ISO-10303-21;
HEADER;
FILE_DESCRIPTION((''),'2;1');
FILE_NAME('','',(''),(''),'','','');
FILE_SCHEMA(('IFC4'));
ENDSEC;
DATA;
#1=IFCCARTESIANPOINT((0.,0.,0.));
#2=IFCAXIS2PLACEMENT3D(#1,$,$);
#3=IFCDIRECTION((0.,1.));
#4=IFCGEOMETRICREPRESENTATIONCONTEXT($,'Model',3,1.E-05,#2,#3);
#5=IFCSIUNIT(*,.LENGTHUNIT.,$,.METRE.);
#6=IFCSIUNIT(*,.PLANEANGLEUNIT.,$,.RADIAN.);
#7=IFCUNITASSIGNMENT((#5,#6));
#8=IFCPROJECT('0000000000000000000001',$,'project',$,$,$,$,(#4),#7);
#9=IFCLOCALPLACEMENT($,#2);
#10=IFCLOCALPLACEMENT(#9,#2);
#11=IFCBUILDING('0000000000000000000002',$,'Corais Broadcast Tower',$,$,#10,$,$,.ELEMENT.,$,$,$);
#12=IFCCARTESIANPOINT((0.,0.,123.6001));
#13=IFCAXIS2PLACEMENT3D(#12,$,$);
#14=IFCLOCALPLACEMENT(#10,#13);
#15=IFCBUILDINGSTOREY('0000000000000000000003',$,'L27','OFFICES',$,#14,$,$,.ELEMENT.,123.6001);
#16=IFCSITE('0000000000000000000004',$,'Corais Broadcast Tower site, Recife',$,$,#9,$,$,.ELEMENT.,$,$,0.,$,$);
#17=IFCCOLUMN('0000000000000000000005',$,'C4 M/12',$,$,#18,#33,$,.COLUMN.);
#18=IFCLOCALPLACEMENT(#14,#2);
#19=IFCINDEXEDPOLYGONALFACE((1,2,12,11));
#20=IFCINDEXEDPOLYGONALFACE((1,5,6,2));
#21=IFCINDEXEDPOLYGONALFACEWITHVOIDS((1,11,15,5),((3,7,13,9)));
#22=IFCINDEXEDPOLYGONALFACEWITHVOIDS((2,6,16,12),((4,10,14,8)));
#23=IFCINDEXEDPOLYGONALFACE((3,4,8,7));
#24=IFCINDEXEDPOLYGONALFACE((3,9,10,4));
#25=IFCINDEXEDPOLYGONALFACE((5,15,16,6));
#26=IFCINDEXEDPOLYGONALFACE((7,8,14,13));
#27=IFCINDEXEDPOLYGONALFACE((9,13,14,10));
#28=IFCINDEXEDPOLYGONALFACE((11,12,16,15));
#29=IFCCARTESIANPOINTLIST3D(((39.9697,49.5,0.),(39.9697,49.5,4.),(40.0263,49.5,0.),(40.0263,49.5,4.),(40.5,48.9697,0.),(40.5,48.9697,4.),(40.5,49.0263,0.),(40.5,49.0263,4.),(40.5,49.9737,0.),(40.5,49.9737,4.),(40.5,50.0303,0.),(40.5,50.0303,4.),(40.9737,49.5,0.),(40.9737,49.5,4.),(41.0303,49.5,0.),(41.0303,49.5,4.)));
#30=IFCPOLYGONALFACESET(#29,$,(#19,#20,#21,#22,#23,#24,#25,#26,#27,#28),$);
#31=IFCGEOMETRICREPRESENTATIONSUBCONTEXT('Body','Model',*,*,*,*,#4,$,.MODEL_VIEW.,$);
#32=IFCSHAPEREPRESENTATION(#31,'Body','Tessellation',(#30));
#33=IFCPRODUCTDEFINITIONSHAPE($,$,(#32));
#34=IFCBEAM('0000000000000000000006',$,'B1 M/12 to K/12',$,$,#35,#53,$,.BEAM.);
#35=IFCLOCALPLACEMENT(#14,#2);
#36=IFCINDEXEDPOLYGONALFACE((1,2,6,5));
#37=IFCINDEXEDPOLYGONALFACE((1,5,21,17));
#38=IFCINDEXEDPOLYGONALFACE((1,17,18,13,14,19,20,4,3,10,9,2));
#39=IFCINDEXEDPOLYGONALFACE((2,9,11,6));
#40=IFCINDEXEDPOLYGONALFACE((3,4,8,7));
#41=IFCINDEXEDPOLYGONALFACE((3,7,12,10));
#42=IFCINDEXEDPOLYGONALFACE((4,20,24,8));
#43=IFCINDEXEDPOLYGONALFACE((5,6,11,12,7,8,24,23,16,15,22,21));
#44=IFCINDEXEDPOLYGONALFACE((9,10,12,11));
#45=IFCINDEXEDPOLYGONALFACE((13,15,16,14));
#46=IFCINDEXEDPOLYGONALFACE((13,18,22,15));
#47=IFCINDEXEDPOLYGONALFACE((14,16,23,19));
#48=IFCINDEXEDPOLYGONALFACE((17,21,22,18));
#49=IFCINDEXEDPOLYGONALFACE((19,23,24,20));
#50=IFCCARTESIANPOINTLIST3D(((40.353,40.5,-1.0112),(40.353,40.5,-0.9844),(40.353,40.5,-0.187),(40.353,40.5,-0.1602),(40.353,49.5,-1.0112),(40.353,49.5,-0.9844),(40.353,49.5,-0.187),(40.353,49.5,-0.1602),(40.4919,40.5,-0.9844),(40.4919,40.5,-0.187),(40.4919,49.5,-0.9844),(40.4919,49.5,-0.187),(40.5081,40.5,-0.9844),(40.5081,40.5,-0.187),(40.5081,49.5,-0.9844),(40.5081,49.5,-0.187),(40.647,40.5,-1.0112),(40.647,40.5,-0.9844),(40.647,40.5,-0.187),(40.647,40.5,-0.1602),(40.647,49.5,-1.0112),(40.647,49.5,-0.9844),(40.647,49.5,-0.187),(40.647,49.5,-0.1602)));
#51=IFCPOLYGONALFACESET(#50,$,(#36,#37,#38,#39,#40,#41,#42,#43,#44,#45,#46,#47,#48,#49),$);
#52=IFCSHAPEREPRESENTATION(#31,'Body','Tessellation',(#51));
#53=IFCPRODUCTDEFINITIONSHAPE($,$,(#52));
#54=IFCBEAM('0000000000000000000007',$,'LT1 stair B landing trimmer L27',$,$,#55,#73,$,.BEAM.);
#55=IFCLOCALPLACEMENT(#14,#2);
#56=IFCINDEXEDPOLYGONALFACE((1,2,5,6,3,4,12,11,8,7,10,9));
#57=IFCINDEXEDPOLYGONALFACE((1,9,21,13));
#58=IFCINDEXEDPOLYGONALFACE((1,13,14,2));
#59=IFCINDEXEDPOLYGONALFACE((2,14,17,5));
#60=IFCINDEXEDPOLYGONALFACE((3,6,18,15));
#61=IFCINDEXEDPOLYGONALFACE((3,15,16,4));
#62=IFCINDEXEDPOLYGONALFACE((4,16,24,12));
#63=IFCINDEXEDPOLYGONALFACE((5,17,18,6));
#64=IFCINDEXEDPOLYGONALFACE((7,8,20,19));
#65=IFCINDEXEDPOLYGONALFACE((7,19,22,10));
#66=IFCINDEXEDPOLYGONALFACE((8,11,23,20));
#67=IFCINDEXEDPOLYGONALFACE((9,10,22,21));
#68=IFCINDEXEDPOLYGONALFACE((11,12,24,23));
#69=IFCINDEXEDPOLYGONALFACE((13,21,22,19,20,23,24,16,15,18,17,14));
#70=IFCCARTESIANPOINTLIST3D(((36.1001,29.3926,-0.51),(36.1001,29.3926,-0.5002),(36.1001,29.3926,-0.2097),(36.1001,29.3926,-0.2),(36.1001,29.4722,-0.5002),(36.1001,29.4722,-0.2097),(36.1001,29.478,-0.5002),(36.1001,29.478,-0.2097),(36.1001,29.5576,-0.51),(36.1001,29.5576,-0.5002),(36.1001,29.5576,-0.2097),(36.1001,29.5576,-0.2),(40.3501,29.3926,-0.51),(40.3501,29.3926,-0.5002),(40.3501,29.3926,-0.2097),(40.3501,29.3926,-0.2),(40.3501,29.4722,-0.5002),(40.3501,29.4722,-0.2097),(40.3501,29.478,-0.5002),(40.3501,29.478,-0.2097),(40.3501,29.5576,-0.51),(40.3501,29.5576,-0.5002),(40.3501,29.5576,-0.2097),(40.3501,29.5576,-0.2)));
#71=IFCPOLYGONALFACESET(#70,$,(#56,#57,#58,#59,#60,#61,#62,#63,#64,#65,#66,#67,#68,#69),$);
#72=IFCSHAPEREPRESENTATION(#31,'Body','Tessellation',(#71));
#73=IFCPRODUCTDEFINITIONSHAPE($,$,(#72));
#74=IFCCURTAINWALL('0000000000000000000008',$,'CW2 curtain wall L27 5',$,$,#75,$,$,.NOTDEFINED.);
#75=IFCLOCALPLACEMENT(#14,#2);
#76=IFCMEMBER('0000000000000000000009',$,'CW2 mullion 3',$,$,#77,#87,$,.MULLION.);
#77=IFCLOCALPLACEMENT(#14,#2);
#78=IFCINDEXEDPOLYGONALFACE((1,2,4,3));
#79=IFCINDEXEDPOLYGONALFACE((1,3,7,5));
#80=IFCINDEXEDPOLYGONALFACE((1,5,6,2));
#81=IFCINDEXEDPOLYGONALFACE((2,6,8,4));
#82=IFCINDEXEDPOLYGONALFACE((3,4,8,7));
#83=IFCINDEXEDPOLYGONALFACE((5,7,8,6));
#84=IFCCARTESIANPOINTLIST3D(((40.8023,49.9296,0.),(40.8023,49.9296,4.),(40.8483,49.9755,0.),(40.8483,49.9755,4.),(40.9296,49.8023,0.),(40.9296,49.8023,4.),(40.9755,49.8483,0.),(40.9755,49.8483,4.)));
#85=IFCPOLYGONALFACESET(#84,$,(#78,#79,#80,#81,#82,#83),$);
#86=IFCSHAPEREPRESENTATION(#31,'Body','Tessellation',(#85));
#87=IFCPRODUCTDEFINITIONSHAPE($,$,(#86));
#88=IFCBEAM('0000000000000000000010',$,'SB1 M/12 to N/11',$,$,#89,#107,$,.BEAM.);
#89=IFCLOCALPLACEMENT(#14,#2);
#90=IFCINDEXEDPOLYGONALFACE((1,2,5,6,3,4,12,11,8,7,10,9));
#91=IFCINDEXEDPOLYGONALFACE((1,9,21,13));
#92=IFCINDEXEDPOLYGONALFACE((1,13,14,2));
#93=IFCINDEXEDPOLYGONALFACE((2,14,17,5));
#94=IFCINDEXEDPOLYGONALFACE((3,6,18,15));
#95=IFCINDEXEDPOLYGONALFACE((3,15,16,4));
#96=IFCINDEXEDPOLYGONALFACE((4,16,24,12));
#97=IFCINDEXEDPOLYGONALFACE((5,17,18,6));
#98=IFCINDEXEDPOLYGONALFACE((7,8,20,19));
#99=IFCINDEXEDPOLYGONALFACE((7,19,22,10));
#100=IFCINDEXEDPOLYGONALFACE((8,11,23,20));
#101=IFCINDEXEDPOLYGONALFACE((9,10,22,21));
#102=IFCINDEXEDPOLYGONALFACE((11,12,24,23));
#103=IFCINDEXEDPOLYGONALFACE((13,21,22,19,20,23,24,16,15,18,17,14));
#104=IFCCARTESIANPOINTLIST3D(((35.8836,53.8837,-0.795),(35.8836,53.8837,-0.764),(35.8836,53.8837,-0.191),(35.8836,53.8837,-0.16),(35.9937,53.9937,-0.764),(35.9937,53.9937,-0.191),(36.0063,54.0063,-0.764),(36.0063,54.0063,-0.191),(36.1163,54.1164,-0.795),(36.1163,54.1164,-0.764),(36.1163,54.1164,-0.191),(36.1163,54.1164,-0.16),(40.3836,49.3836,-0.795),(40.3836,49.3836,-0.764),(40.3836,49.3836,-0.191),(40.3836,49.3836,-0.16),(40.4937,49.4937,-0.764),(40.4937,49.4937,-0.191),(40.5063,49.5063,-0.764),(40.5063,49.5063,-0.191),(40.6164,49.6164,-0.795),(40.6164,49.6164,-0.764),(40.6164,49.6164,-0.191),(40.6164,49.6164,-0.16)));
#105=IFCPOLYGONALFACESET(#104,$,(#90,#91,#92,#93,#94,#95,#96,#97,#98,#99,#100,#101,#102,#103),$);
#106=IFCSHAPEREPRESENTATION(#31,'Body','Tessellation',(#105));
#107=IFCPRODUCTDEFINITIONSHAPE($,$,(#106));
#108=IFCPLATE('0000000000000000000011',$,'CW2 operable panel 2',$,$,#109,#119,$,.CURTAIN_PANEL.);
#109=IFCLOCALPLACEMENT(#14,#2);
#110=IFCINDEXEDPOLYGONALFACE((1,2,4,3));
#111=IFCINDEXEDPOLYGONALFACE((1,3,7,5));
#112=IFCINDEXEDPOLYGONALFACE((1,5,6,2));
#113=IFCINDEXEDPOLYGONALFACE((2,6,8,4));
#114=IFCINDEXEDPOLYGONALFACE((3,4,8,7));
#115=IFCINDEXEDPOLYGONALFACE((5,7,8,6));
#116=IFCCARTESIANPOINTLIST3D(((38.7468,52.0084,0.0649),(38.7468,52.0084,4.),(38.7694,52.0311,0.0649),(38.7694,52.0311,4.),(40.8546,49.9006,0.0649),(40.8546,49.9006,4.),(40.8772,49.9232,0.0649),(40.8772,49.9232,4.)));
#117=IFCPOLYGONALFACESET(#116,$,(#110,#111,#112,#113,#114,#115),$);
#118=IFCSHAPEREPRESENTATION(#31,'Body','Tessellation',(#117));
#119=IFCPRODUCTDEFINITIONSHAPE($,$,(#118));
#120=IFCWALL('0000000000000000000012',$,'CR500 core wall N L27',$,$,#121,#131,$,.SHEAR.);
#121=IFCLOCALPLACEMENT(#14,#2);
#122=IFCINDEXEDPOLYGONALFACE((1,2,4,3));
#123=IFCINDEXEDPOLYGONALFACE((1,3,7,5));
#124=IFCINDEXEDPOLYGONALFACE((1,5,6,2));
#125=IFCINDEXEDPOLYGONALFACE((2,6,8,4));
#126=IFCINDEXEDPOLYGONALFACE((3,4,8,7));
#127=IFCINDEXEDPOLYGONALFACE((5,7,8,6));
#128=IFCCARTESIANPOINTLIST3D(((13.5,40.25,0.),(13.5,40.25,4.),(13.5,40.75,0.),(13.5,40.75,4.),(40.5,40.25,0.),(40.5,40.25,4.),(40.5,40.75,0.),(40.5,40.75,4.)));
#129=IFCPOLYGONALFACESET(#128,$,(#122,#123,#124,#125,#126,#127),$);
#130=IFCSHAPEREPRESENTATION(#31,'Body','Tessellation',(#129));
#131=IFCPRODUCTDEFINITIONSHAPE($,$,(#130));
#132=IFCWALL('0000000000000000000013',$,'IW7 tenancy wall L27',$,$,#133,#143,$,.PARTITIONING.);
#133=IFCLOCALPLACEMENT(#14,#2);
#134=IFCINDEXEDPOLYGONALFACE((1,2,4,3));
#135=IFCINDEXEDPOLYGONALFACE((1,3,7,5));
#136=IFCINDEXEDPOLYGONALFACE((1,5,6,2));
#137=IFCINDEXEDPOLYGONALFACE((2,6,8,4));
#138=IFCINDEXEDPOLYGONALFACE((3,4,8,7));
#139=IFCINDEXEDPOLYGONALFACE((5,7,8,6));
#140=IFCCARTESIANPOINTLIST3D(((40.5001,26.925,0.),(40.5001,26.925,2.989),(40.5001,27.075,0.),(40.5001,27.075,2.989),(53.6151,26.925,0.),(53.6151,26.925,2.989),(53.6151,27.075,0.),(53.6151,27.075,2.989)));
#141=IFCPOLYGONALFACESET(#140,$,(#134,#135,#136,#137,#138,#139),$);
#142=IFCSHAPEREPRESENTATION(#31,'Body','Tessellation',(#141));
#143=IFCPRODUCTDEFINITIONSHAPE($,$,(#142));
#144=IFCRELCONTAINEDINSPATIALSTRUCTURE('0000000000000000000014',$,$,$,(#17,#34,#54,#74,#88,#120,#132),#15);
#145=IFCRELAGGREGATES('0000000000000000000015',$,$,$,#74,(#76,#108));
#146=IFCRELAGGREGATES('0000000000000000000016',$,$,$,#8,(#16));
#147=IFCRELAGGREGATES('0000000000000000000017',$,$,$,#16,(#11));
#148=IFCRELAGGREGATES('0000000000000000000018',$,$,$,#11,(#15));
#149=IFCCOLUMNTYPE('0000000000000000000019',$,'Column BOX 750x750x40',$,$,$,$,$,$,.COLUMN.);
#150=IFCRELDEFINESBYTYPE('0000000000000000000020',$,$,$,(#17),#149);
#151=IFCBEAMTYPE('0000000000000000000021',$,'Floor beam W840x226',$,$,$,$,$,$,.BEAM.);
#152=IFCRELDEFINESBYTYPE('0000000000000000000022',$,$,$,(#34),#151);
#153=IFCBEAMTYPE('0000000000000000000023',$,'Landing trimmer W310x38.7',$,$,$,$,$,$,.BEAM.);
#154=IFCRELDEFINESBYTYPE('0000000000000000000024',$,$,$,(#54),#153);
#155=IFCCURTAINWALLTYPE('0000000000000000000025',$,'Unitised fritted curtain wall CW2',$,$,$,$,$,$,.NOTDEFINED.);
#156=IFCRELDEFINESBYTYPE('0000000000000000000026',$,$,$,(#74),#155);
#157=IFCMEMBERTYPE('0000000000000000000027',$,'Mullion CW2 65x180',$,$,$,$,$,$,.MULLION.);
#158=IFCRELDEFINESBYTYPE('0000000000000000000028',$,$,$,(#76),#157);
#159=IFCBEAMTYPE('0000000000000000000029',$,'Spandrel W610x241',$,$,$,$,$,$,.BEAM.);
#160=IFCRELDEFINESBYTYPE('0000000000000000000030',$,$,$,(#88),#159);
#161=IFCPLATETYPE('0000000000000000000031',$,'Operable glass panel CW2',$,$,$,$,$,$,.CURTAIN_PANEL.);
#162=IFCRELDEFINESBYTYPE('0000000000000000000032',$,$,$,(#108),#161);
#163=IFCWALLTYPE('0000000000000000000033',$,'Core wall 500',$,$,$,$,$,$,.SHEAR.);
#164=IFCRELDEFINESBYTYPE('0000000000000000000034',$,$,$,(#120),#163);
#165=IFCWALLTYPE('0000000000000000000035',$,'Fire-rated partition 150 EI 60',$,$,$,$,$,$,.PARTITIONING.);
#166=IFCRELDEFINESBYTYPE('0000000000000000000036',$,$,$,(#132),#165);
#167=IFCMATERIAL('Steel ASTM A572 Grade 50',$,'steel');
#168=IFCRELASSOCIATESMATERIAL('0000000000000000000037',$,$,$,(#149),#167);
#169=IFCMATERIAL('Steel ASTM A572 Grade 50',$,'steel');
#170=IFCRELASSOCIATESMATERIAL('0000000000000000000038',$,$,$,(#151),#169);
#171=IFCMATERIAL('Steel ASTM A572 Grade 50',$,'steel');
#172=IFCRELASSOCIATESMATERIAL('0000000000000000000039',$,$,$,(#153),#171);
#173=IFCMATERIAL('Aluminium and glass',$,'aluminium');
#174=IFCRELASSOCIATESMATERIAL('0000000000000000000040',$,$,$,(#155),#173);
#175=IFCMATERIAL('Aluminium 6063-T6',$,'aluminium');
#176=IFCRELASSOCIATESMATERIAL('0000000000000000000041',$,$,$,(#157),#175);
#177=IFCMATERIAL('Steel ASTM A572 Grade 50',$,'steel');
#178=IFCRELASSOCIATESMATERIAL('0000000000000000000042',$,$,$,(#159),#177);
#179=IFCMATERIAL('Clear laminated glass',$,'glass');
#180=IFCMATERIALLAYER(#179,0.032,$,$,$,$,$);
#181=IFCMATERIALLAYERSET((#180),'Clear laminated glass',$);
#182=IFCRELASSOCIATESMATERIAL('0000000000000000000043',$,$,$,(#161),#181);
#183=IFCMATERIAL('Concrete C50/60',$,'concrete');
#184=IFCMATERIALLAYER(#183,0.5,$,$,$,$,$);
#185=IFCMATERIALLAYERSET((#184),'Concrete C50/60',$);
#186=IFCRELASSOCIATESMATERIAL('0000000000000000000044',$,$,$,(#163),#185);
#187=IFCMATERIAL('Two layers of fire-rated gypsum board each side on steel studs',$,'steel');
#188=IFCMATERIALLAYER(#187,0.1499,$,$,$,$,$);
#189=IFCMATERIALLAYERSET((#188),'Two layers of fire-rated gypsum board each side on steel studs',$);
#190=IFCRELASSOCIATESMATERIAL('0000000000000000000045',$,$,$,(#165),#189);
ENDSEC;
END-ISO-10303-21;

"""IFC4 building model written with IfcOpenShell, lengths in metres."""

from ifc_helpers import new_model, si_unit, direction, frame, frame_2d, origin, origin_2d, place, context, subcontext, project, spatial, rectangle, hollow_rectangle, i_section, extrude, material, layer, layer_set, material_profile, profile_set, type_object, element, aggregate, save


model = new_model("IFC4")

# Units and contexts
model_context = context("Model", 3, precision=1e-05, world=origin(), true_north=direction((0.0, 1.0)))
body_context = subcontext(model_context, "Body", "Model", "MODEL_VIEW")
ifc_project = project(units=[si_unit("LENGTHUNIT", "METRE"), si_unit("PLANEANGLEUNIT", "RADIAN")], contexts=[model_context])

# Site, building, storey
site_placement = place(None, origin())
site = spatial("IfcSite", under=ifc_project, at=site_placement, Name="Corais Broadcast Tower site, Recife", CompositionType="ELEMENT", RefElevation=0.0)
building_placement = place(site_placement, origin())
building = spatial("IfcBuilding", under=site, at=building_placement, Name="Corais Broadcast Tower", CompositionType="ELEMENT")
storey_placement = place(building_placement, frame((0.0, 0.0, 123.6001)))
storey = spatial("IfcBuildingStorey", under=building, at=storey_placement, Name="L27", Description="OFFICES", CompositionType="ELEMENT", Elevation=123.6001)

# Column
ifc_material_1 = material(Name="Steel ASTM A572 Grade 50", Category="steel")
ifc_material_profile_1 = material_profile(ifc_material_1, hollow_rectangle(XDim=0.75, YDim=0.75, WallThickness=0.04, at=origin_2d()), Name="BOX 750x750x40")
ifc_profile_set_1 = profile_set([ifc_material_profile_1], Name="Steel ASTM A572 Grade 50")
column_type = type_object("IfcColumnType", Name="Column BOX 750x750x40", PredefinedType="COLUMN", material=ifc_profile_set_1)
column_placement = place(storey_placement, frame((40.5, 49.5, 0.0), z_axis=(0.0, 0.0, 1.0), x_axis=(0.707107, 0.707107, 0.0)))
element("IfcColumn", 1, at=column_placement, inside=storey, type_object=column_type, Name="C4 M/12", PredefinedType="COLUMN", context=body_context, shape_type="SweptSolid", body=[
    extrude(hollow_rectangle(XDim=0.75, YDim=0.75, WallThickness=0.04, at=origin_2d()), origin(), (0.0, 0.0, 1.0), 4.0),
])

# Beams
ifc_material_2 = material(Name="Steel ASTM A572 Grade 50", Category="steel")
ifc_material_profile_2 = material_profile(ifc_material_2, i_section(OverallWidth=0.2939, OverallDepth=0.8511, WebThickness=0.0161, FlangeThickness=0.0269, at=origin_2d()), Name="W840x226")
ifc_profile_set_2 = profile_set([ifc_material_profile_2], Name="Steel ASTM A572 Grade 50")
beam_type_1 = type_object("IfcBeamType", Name="Floor beam W840x226", PredefinedType="BEAM", material=ifc_profile_set_2)
beam_1_placement = place(storey_placement, frame((40.5, 49.5, -0.5857), z_axis=(0.0, -1.0, 0.0), x_axis=(1.0, 0.0, 0.0)))
element("IfcBeam", 2, at=beam_1_placement, inside=storey, type_object=beam_type_1, Name="B1 M/12 to K/12", PredefinedType="BEAM", context=body_context, shape_type="SweptSolid", body=[
    extrude(i_section(OverallWidth=0.2939, OverallDepth=0.8511, WebThickness=0.0161, FlangeThickness=0.0269, at=origin_2d()), origin(), (0.0, 0.0, 1.0), 9.0),
])
ifc_material_3 = material(Name="Steel ASTM A572 Grade 50", Category="steel")
ifc_material_profile_3 = material_profile(ifc_material_3, i_section(OverallWidth=0.165, OverallDepth=0.3101, WebThickness=0.0059, FlangeThickness=0.0098, at=origin_2d()), Name="W310x38.7")
ifc_profile_set_3 = profile_set([ifc_material_profile_3], Name="Steel ASTM A572 Grade 50")
beam_type_2 = type_object("IfcBeamType", Name="Landing trimmer W310x38.7", PredefinedType="BEAM", material=ifc_profile_set_3)
beam_2_placement = place(storey_placement, frame((36.1001, 29.4751, -0.355), z_axis=(1.0, 0.0, 0.0), x_axis=(0.0, 1.0, 0.0)))
element("IfcBeam", 3, at=beam_2_placement, inside=storey, type_object=beam_type_2, Name="LT1 stair B landing trimmer L27", PredefinedType="BEAM", context=body_context, shape_type="SweptSolid", body=[
    extrude(i_section(OverallWidth=0.165, OverallDepth=0.3101, WebThickness=0.0059, FlangeThickness=0.0098, at=origin_2d()), origin(), (0.0, 0.0, 1.0), 4.25),
])

# Curtain wall, member
ifc_material_4 = material(Name="Aluminium and glass", Category="aluminium")
curtain_wall_type = type_object("IfcCurtainWallType", Name="Unitised fritted curtain wall CW2", PredefinedType="NOTDEFINED", material=ifc_material_4)
curtain_wall_placement = place(storey_placement, origin())
curtain_wall = element("IfcCurtainWall", 4, at=curtain_wall_placement, inside=storey, type_object=curtain_wall_type, Name="CW2 curtain wall L27 5", PredefinedType="NOTDEFINED")
ifc_material_5 = material(Name="Aluminium 6063-T6", Category="aluminium")
ifc_material_profile_4 = material_profile(ifc_material_5, rectangle(XDim=0.0649, YDim=0.1799, at=origin_2d()), Name="Mullion CW2 65x180")
ifc_profile_set_4 = profile_set([ifc_material_profile_4], Name="Aluminium 6063-T6")
member_type = type_object("IfcMemberType", Name="Mullion CW2 65x180", PredefinedType="MULLION", material=ifc_profile_set_4)
member_placement = place(storey_placement, frame((40.8889, 49.8889, 0.0), z_axis=(0.0, 0.0, 1.0), x_axis=(0.707107, 0.707107, 0.0)))
member = element("IfcMember", 5, at=member_placement, type_object=member_type, Name="CW2 mullion 3", PredefinedType="MULLION", context=body_context, shape_type="SweptSolid", body=[
    extrude(rectangle(XDim=0.0649, YDim=0.1799, at=origin_2d()), origin(), (0.0, 0.0, 1.0), 4.0),
])

# Beam
ifc_material_6 = material(Name="Steel ASTM A572 Grade 50", Category="steel")
ifc_material_profile_5 = material_profile(ifc_material_6, i_section(OverallWidth=0.3291, OverallDepth=0.635, WebThickness=0.0178, FlangeThickness=0.031, at=origin_2d()), Name="W610x241")
ifc_profile_set_5 = profile_set([ifc_material_profile_5], Name="Steel ASTM A572 Grade 50")
beam_type_3 = type_object("IfcBeamType", Name="Spandrel W610x241", PredefinedType="BEAM", material=ifc_profile_set_5)
beam_3_placement = place(storey_placement, frame((40.5, 49.5, -0.4775), z_axis=(-0.707107, 0.707107, 0.0), x_axis=(-0.707107, -0.707107, 0.0)))
element("IfcBeam", 6, at=beam_3_placement, inside=storey, type_object=beam_type_3, Name="SB1 M/12 to N/11", PredefinedType="BEAM", context=body_context, shape_type="SweptSolid", body=[
    extrude(i_section(OverallWidth=0.3291, OverallDepth=0.635, WebThickness=0.0178, FlangeThickness=0.031, at=origin_2d()), origin(), (0.0, 0.0, 1.0), 6.364),
])

# Plate
ifc_material_7 = material(Name="Clear laminated glass", Category="glass")
ifc_layer_1 = layer(ifc_material_7, 0.032)
ifc_layer_set_1 = layer_set([ifc_layer_1], Name="Clear laminated glass")
plate_type = type_object("IfcPlateType", Name="Operable glass panel CW2", PredefinedType="CURTAIN_PANEL", material=ifc_layer_set_1)
plate_placement = place(storey_placement, frame((39.812, 50.9658, 0.0649), z_axis=(0.0, 0.0, 1.0), x_axis=(0.707107, -0.707107, 0.0)))
plate = element("IfcPlate", 7, at=plate_placement, type_object=plate_type, Name="CW2 operable panel 2", PredefinedType="CURTAIN_PANEL", context=body_context, shape_type="SweptSolid", body=[
    extrude(rectangle(XDim=2.981, YDim=0.032, at=origin_2d()), origin(), (0.0, 0.0, 1.0), 3.9351),
])
aggregate(curtain_wall, [member, plate])

# Walls
ifc_material_8 = material(Name="Concrete C50/60", Category="concrete")
ifc_layer_2 = layer(ifc_material_8, 0.5)
ifc_layer_set_2 = layer_set([ifc_layer_2], Name="Concrete C50/60")
wall_type_1 = type_object("IfcWallType", Name="Core wall 500", PredefinedType="SHEAR", material=ifc_layer_set_2)
wall_1_placement = place(storey_placement, frame((40.5, 40.5, 0.0), z_axis=(0.0, 0.0, 1.0), x_axis=(-1.0, 0.0, 0.0)))
element("IfcWall", 8, at=wall_1_placement, inside=storey, type_object=wall_type_1, Name="CR500 core wall N L27", PredefinedType="SHEAR", context=body_context, shape_type="SweptSolid", body=[
    extrude(rectangle(XDim=27.0, YDim=0.5, at=frame_2d((13.5, 0.0))), origin(), (0.0, 0.0, 1.0), 4.0),
])
ifc_material_9 = material(Name="Two layers of fire-rated gypsum board each side on steel studs", Category="steel")
ifc_layer_3 = layer(ifc_material_9, 0.1499)
ifc_layer_set_3 = layer_set([ifc_layer_3], Name="Two layers of fire-rated gypsum board each side on steel studs")
wall_type_2 = type_object("IfcWallType", Name="Fire-rated partition 150 EI 60", PredefinedType="PARTITIONING", material=ifc_layer_set_3)
wall_2_placement = place(storey_placement, frame((40.5, 27.0, 0.0), z_axis=(0.0, 0.0, 1.0), x_axis=(1.0, 0.0, 0.0)))
element("IfcWall", 9, at=wall_2_placement, inside=storey, type_object=wall_type_2, Name="IW7 tenancy wall L27", PredefinedType="PARTITIONING", context=body_context, shape_type="SweptSolid", body=[
    extrude(rectangle(XDim=13.115, YDim=0.1499, at=frame_2d((6.5576, 0.0))), origin(), (0.0, 0.0, 1.0), 2.989),
])

save(model, "model.ifc")
